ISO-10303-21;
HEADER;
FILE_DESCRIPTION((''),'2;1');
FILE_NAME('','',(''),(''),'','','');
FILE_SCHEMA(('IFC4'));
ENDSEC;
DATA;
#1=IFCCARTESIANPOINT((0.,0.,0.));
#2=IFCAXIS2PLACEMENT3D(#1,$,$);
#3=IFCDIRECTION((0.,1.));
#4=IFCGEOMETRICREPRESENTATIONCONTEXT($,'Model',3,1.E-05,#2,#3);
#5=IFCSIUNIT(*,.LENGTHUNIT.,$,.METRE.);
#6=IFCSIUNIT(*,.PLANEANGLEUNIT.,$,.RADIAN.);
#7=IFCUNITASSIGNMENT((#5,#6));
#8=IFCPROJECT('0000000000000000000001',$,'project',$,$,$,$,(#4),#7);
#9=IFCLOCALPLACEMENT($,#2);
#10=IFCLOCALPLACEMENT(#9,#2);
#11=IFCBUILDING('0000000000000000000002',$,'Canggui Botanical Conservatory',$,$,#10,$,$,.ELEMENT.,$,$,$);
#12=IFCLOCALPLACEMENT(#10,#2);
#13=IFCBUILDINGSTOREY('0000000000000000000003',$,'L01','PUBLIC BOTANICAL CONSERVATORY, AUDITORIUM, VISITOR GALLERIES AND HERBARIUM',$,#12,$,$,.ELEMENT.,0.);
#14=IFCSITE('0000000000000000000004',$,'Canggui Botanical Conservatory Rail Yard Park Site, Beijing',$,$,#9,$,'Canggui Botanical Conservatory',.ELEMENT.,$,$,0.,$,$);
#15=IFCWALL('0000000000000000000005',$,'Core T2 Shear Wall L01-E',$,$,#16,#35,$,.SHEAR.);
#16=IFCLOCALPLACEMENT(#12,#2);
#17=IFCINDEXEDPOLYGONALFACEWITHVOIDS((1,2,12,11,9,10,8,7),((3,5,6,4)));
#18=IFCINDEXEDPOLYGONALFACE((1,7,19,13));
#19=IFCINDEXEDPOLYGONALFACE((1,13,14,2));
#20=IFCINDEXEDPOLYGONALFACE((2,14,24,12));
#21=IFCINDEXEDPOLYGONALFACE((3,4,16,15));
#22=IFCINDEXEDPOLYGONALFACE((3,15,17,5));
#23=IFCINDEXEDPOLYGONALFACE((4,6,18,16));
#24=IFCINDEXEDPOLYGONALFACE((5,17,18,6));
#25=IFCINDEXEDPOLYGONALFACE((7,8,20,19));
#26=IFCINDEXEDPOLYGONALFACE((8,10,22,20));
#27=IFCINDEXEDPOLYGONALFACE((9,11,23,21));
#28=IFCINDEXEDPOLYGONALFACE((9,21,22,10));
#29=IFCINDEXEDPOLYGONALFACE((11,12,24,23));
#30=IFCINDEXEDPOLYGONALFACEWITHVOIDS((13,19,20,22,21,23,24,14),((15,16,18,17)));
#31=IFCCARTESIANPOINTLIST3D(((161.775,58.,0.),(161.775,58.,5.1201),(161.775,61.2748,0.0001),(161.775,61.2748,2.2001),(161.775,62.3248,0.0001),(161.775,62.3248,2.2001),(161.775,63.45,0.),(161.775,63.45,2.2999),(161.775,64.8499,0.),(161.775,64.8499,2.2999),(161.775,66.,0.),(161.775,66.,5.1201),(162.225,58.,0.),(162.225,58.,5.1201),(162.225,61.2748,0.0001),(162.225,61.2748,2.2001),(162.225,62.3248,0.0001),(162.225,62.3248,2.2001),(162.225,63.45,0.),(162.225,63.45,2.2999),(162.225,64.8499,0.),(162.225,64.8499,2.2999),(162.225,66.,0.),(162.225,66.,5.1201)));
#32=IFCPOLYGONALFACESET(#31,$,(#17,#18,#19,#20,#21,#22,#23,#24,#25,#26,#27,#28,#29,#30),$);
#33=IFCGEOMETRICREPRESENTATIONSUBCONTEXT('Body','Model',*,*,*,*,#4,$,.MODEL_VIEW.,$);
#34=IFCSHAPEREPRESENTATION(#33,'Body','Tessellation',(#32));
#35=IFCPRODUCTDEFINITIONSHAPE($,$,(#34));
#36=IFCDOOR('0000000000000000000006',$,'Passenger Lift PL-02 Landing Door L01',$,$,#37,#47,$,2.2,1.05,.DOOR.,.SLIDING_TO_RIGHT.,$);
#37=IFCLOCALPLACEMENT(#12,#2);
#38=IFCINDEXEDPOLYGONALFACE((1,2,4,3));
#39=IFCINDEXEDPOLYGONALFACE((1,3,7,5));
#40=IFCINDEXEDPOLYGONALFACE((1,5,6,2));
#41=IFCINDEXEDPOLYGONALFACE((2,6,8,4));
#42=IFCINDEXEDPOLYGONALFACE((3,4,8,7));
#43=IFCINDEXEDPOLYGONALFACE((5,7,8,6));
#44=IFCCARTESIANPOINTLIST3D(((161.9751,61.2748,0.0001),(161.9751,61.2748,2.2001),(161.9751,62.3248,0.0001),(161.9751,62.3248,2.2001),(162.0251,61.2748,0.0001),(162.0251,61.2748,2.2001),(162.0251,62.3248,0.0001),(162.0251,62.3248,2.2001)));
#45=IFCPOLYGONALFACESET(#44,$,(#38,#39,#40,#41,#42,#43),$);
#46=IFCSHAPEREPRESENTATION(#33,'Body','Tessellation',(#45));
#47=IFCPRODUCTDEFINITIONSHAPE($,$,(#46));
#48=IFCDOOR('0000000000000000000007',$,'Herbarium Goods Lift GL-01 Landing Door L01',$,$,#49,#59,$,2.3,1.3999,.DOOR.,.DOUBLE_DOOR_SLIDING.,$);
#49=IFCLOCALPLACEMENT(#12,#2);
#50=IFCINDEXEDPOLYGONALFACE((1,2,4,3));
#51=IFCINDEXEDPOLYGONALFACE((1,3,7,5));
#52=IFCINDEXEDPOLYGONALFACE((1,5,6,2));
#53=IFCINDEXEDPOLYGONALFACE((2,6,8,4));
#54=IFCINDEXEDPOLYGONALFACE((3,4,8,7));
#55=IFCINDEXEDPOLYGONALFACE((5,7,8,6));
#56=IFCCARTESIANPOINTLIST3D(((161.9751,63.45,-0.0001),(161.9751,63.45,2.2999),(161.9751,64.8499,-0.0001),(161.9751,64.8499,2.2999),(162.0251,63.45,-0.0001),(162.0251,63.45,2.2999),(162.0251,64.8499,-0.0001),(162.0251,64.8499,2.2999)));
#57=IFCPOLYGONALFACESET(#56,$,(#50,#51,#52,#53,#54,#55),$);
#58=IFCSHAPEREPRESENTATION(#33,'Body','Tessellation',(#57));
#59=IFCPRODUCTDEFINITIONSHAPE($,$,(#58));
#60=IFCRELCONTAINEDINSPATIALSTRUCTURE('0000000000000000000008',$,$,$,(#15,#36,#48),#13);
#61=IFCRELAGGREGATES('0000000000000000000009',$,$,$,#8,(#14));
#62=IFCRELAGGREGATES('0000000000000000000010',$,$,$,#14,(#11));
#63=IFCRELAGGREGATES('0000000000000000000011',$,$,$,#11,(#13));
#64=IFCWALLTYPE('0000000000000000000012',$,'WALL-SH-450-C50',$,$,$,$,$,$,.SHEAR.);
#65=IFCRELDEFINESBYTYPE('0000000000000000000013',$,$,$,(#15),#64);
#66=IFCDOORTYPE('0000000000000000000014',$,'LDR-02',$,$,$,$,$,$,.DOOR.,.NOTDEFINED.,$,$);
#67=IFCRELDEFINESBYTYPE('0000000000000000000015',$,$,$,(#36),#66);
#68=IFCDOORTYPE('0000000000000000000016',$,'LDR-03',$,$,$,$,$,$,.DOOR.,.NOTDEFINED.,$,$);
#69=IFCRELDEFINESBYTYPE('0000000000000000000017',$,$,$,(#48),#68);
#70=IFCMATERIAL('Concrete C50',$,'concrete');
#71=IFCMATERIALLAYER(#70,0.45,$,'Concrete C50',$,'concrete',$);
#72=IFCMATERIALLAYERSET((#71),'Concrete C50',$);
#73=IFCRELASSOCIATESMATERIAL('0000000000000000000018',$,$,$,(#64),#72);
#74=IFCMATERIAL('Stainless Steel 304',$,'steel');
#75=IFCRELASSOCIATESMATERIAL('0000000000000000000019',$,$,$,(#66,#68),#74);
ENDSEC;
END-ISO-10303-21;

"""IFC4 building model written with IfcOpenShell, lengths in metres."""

from ifc_helpers import new_model, si_unit, direction, frame, frame_2d, origin, place, context, subcontext, project, spatial, rectangle, extrude, material, layer, layer_set, type_object, element, fill, save


model = new_model("IFC4")

# Units and contexts
model_context = context("Model", 3, precision=1e-05, world=origin(), true_north=direction((0.0, 1.0)))
body_context = subcontext(model_context, "Body", "Model", "MODEL_VIEW")
ifc_project = project(units=[si_unit("LENGTHUNIT", "METRE"), si_unit("PLANEANGLEUNIT", "RADIAN")], contexts=[model_context])

# Site, building, storey
site_placement = place(None, origin())
site = spatial("IfcSite", under=ifc_project, at=site_placement, Name="Canggui Botanical Conservatory Rail Yard Park Site, Beijing", LongName="Canggui Botanical Conservatory", CompositionType="ELEMENT", RefElevation=0.0)
building_placement = place(site_placement, origin())
building = spatial("IfcBuilding", under=site, at=building_placement, Name="Canggui Botanical Conservatory", CompositionType="ELEMENT")
storey_placement = place(building_placement, origin())
storey = spatial("IfcBuildingStorey", under=building, at=storey_placement, Name="L01", Description="PUBLIC BOTANICAL CONSERVATORY, AUDITORIUM, VISITOR GALLERIES AND HERBARIUM", CompositionType="ELEMENT", Elevation=0.0)

# Shared definitions
ifc_material_1 = material(Name="Concrete C50", Category="concrete")

# Wall, openings, doors
ifc_layer_1 = layer(ifc_material_1, 0.45, Name="Concrete C50", Category="concrete")
ifc_layer_set_1 = layer_set([ifc_layer_1], Name="Concrete C50")
wall_type_1 = type_object("IfcWallType", Name="WALL-SH-450-C50", PredefinedType="SHEAR", material=ifc_layer_set_1)
wall_1_placement = place(storey_placement, frame((162.0, 58.0, 0.0), z_axis=(0.0, 0.0, 1.0), x_axis=(0.0, 1.0, 0.0)))
wall_1 = element("IfcWall", 1, at=wall_1_placement, inside=storey, type_object=wall_type_1, Name="Core T2 Shear Wall L01-E", PredefinedType="SHEAR", context=body_context, shape_type="SweptSolid", body=[
    extrude(rectangle(XDim=8.0, YDim=0.45, at=frame_2d((4.0, 0.0))), origin(), (0.0, 0.0, 1.0), 5.1201),
])
opening_1_placement = place(wall_1_placement, frame((3.2749, 0.0, 0.0)))
opening_1 = element("IfcOpeningElement", 2, at=opening_1_placement, cuts=wall_1, PredefinedType="OPENING", context=body_context, shape_type="SweptSolid", body=[
    extrude(rectangle(XDim=1.05, YDim=2.2, at=frame_2d((0.5249, 1.1001))), frame((0.0, 0.2349, 0.0), z_axis=(0.0, -1.0, 0.0), x_axis=(1.0, 0.0, 0.0)), (0.0, 0.0, 1.0), 0.47),
])
opening_2_placement = place(wall_1_placement, frame((5.45, 0.0, 0.0)))
opening_2 = element("IfcOpeningElement", 3, at=opening_2_placement, cuts=wall_1, PredefinedType="OPENING", context=body_context, shape_type="SweptSolid", body=[
    extrude(rectangle(XDim=1.3999, YDim=2.3, at=frame_2d((0.7, 1.1499))), frame((0.0, 0.2349, 0.0), z_axis=(0.0, -1.0, 0.0), x_axis=(1.0, 0.0, 0.0)), (0.0, 0.0, 1.0), 0.47),
])
ifc_material_2 = material(Name="Stainless Steel 304", Category="steel")
door_type_1 = type_object("IfcDoorType", Name="LDR-02", OperationType="NOTDEFINED", PredefinedType="DOOR", material=ifc_material_2)
door_1_placement = place(opening_1_placement, origin())
door_1 = element("IfcDoor", 4, at=door_1_placement, inside=storey, type_object=door_type_1, Name="Passenger Lift PL-02 Landing Door L01", OperationType="SLIDING_TO_RIGHT", OverallHeight=2.2, OverallWidth=1.05, PredefinedType="DOOR", context=body_context, shape_type="SweptSolid", body=[
    extrude(rectangle(XDim=1.05, YDim=2.2, at=frame_2d((0.5249, 1.1001))), frame((0.0, 0.0249, 0.0), z_axis=(0.0, -1.0, 0.0), x_axis=(1.0, 0.0, 0.0)), (0.0, 0.0, 1.0), 0.05),
])
fill(opening_1, door_1)
door_type_2 = type_object("IfcDoorType", Name="LDR-03", OperationType="NOTDEFINED", PredefinedType="DOOR", material=ifc_material_2)
door_2_placement = place(opening_2_placement, origin())
door_2 = element("IfcDoor", 5, at=door_2_placement, inside=storey, type_object=door_type_2, Name="Herbarium Goods Lift GL-01 Landing Door L01", OperationType="DOUBLE_DOOR_SLIDING", OverallHeight=2.3, OverallWidth=1.3999, PredefinedType="DOOR", context=body_context, shape_type="SweptSolid", body=[
    extrude(rectangle(XDim=1.3999, YDim=2.3, at=frame_2d((0.7, 1.1499))), frame((0.0, 0.0249, 0.0), z_axis=(0.0, -1.0, 0.0), x_axis=(1.0, 0.0, 0.0)), (0.0, 0.0, 1.0), 0.05),
])
fill(opening_2, door_2)

save(model, "model.ifc")
